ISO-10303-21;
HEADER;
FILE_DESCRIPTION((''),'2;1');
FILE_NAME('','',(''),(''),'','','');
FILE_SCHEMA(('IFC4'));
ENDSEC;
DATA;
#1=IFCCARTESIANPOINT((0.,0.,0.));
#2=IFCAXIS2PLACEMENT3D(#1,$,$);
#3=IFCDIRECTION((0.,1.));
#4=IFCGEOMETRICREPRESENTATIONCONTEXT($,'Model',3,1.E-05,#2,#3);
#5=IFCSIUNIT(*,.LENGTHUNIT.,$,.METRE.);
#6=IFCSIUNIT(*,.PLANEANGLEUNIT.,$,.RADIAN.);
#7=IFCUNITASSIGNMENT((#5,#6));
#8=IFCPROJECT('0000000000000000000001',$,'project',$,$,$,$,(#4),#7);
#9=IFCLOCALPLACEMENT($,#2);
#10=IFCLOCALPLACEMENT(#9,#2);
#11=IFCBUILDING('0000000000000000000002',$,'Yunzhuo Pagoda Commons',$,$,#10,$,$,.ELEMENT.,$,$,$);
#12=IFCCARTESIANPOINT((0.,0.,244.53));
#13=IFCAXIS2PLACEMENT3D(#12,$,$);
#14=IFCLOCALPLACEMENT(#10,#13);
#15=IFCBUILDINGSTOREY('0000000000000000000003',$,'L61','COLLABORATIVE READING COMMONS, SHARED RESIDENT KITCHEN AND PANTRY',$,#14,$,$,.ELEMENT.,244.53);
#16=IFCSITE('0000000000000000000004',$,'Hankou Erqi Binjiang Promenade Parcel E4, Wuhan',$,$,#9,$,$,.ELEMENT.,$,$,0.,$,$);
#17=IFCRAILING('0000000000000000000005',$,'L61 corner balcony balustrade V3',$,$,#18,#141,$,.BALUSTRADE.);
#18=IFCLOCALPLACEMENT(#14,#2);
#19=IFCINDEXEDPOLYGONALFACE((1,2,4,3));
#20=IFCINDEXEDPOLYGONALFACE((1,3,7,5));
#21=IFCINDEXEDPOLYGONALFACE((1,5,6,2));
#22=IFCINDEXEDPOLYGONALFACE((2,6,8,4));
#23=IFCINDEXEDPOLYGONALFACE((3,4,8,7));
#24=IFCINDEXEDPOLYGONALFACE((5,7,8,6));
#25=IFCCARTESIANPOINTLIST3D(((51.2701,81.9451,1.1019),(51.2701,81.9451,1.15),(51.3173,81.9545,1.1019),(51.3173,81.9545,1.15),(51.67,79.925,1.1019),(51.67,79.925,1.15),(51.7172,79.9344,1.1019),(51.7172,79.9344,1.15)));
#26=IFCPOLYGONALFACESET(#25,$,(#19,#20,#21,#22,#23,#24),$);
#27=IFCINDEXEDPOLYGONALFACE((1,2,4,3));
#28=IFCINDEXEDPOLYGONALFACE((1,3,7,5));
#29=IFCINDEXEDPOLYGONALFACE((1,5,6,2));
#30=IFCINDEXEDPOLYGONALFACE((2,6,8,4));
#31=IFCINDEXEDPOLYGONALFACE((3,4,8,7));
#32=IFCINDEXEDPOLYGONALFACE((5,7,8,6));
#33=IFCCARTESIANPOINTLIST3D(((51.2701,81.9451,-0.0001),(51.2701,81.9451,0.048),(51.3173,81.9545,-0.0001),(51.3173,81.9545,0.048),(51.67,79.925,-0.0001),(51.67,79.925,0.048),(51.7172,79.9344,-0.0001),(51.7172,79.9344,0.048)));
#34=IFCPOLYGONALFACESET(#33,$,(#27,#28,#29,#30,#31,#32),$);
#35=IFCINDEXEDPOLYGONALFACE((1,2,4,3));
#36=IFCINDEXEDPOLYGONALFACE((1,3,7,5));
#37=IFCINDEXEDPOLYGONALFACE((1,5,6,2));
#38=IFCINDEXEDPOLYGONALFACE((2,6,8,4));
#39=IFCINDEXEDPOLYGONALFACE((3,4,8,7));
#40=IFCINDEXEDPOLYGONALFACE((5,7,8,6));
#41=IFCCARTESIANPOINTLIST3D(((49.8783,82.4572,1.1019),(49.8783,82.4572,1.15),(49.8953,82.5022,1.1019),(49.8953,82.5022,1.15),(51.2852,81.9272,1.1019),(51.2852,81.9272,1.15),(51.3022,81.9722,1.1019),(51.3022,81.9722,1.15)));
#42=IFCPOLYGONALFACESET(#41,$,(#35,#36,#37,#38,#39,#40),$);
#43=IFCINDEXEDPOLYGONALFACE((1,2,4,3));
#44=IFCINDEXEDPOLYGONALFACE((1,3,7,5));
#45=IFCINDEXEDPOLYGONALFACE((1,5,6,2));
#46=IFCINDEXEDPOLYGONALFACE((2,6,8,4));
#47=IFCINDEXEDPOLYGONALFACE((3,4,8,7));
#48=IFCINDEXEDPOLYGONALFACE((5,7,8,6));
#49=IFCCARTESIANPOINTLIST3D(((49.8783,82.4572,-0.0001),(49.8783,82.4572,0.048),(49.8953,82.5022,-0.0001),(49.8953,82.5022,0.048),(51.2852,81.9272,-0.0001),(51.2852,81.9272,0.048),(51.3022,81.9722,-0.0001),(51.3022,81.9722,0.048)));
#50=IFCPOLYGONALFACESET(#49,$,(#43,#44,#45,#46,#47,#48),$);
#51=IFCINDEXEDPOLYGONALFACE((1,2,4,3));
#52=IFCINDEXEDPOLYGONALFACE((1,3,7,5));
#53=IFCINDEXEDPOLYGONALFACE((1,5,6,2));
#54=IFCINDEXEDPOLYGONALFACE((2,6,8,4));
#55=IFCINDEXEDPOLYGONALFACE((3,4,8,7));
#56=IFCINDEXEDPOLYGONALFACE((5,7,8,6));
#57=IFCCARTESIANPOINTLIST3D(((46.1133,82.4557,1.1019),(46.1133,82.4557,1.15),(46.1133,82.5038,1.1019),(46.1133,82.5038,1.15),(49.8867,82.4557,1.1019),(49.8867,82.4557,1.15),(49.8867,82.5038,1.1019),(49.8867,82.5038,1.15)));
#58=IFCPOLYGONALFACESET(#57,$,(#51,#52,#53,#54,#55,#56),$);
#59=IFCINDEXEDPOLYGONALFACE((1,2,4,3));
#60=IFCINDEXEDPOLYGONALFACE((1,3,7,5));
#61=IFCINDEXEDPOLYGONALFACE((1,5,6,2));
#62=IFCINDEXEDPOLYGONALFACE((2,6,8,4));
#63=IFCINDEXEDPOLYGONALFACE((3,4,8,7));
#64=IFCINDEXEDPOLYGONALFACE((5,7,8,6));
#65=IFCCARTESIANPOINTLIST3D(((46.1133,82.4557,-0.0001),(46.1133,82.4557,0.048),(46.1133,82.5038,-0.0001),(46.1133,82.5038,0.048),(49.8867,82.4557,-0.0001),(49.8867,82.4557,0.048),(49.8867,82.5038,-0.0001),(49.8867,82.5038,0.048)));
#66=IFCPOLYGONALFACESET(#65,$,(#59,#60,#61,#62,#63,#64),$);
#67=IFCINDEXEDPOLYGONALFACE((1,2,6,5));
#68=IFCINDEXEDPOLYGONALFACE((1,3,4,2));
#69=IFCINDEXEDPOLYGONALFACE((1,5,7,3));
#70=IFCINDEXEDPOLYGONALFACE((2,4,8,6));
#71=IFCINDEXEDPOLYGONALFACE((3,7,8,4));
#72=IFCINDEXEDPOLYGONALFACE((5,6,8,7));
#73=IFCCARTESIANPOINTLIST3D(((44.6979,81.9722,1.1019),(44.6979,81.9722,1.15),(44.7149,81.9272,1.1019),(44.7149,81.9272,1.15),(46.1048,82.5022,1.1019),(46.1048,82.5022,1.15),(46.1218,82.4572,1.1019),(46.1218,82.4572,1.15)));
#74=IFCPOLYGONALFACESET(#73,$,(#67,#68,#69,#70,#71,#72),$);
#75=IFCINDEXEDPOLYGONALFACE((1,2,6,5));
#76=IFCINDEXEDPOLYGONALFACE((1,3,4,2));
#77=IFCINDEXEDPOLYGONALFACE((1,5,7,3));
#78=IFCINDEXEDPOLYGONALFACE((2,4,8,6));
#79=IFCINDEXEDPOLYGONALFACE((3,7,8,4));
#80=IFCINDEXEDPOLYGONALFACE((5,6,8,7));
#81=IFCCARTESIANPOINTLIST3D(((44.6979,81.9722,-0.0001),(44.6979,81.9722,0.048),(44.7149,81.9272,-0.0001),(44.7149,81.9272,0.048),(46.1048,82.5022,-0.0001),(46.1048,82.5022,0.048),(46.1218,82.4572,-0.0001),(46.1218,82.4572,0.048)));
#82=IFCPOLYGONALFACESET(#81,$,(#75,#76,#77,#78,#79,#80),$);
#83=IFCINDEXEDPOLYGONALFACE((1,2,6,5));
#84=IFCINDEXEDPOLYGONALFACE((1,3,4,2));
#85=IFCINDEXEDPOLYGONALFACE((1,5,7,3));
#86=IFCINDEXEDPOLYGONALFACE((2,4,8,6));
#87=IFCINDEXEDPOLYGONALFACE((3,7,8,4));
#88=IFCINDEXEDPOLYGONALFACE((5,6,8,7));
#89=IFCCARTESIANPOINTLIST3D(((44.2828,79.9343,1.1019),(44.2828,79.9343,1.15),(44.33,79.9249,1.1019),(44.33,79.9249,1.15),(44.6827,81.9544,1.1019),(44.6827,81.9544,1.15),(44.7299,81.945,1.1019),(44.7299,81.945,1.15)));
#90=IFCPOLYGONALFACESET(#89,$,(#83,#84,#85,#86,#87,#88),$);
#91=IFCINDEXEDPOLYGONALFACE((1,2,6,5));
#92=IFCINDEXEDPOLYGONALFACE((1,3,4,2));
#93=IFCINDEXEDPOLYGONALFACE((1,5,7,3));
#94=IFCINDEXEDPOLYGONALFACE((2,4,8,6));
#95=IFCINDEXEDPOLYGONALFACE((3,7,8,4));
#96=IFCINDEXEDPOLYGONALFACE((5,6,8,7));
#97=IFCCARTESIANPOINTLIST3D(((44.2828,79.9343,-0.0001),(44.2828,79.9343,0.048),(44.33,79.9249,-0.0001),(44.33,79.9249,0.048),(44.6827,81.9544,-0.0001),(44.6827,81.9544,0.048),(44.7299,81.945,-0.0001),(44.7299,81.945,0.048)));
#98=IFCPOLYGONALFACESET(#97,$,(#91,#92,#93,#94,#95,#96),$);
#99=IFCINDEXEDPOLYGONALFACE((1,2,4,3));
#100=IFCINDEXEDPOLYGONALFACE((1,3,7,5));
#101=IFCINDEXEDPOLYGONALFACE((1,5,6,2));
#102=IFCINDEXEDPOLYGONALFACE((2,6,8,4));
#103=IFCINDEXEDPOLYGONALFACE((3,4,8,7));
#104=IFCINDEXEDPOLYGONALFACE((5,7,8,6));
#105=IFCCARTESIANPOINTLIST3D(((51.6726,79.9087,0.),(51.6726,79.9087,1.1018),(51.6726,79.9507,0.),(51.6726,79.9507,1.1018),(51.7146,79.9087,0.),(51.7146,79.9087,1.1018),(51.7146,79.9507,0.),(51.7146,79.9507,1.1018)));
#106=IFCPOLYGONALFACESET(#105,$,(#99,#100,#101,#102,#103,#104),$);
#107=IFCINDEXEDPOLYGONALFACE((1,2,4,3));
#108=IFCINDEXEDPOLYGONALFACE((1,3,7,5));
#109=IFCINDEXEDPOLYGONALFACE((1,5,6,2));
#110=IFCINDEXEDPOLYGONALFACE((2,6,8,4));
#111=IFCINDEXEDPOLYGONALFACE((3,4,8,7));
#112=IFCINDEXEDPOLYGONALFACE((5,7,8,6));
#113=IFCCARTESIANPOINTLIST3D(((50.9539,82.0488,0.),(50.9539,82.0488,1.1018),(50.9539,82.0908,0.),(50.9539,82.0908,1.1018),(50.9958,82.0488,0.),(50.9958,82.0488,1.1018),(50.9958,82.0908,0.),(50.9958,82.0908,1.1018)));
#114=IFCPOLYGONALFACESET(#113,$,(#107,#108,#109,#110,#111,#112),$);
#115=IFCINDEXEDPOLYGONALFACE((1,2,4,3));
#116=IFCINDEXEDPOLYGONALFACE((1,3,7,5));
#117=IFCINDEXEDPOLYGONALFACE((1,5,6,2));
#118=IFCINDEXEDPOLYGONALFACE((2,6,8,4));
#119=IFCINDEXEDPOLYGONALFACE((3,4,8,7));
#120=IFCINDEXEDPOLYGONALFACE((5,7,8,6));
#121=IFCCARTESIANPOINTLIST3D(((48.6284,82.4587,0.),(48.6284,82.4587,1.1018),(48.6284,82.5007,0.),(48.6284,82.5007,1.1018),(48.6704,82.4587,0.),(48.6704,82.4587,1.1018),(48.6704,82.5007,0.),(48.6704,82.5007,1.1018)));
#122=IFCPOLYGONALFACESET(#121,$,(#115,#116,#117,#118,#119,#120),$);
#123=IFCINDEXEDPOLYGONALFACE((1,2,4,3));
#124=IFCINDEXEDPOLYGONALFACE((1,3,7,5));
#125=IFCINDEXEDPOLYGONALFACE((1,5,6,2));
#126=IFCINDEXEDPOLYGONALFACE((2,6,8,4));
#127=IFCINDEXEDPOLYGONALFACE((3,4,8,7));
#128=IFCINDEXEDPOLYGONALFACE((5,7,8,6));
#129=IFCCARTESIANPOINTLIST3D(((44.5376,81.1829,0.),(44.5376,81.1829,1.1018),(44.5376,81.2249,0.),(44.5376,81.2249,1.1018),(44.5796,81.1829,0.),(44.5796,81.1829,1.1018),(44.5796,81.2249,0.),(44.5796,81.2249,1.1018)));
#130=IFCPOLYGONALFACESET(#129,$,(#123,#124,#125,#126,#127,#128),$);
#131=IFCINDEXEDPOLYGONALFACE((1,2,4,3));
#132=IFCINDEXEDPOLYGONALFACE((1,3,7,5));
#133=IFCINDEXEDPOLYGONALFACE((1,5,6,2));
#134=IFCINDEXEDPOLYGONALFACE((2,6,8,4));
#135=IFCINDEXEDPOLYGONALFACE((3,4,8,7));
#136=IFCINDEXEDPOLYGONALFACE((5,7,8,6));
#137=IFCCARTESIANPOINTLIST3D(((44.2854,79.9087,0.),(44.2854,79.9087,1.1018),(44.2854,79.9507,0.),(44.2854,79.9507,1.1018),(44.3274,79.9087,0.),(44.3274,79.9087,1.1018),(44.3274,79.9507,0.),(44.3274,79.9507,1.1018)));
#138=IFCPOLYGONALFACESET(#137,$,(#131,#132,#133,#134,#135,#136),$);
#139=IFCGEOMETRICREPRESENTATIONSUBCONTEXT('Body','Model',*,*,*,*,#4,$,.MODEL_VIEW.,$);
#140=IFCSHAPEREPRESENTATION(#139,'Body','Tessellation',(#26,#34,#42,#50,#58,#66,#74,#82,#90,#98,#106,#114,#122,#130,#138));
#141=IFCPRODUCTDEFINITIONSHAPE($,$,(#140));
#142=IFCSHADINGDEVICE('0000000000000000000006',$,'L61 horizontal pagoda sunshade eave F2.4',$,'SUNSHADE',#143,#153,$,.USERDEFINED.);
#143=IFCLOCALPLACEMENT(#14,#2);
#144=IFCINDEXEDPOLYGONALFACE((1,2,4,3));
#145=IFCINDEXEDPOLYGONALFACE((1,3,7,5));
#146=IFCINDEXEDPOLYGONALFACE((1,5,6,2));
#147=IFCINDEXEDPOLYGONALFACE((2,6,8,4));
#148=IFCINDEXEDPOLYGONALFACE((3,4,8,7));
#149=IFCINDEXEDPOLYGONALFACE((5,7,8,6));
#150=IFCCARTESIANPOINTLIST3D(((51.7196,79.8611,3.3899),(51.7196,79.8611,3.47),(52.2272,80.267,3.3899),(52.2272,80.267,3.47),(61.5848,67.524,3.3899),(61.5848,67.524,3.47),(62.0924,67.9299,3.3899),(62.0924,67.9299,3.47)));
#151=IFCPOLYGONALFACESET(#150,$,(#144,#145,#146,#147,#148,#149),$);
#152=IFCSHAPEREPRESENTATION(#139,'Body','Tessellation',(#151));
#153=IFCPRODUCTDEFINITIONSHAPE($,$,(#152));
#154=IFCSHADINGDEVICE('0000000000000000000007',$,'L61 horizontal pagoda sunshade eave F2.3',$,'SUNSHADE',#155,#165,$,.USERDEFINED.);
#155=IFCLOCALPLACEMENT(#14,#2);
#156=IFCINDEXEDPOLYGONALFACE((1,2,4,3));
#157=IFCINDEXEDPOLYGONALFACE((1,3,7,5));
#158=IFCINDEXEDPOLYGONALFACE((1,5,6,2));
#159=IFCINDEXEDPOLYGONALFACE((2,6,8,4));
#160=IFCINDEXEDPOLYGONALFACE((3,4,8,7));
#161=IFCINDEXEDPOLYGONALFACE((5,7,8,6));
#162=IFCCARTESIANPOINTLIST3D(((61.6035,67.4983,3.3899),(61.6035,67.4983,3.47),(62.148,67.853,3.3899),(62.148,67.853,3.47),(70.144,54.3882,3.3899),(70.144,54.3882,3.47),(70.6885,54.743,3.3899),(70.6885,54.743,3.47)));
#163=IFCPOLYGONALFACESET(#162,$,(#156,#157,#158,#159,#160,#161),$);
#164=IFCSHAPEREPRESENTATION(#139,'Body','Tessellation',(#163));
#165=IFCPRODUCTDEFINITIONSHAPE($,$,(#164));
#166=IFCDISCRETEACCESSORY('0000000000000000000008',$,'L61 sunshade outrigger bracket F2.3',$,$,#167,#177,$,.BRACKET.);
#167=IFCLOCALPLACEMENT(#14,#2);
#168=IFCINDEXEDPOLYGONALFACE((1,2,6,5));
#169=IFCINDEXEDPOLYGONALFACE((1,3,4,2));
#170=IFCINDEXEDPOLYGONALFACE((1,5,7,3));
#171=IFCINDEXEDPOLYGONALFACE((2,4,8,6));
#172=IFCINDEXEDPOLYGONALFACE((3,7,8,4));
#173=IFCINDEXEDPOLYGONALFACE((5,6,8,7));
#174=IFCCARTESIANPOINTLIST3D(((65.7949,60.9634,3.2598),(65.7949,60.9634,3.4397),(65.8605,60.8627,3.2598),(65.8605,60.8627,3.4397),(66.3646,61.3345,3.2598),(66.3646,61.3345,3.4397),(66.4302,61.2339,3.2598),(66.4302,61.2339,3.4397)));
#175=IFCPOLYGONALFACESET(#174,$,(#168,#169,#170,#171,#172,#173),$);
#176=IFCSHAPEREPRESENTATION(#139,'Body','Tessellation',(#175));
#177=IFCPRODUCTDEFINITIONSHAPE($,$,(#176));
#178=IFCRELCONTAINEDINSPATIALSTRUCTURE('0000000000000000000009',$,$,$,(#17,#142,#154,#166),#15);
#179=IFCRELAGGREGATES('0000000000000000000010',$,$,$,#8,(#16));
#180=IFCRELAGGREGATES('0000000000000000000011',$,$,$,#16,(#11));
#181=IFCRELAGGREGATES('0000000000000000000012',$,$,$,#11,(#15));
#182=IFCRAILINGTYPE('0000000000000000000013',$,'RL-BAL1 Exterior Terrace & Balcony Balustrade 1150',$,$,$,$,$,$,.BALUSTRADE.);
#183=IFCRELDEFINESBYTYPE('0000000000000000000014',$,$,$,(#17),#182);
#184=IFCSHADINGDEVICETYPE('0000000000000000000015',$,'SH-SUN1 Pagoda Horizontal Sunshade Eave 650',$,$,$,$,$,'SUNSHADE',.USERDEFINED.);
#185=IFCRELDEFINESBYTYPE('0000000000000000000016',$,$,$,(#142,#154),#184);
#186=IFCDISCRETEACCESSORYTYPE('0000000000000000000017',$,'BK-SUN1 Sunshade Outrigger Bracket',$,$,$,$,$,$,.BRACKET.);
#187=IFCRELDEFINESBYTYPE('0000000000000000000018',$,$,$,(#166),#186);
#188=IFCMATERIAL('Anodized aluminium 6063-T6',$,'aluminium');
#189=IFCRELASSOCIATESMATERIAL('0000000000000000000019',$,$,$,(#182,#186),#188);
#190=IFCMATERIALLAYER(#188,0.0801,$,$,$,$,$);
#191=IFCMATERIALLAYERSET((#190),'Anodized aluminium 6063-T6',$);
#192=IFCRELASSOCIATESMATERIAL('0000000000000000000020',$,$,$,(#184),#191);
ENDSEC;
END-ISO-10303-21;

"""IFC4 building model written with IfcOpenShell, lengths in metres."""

from ifc_helpers import new_model, si_unit, direction, frame, origin, origin_2d, place, context, subcontext, project, spatial, rectangle, extrude, source, transform, mapped, material, layer, layer_set, type_object, element, save


model = new_model("IFC4")

# Units and contexts
model_context = context("Model", 3, precision=1e-05, world=origin(), true_north=direction((0.0, 1.0)))
body_context = subcontext(model_context, "Body", "Model", "MODEL_VIEW")
ifc_project = project(units=[si_unit("LENGTHUNIT", "METRE"), si_unit("PLANEANGLEUNIT", "RADIAN")], contexts=[model_context])

# Site, building, storey
site_placement = place(None, origin())
site = spatial("IfcSite", under=ifc_project, at=site_placement, Name="Hankou Erqi Binjiang Promenade Parcel E4, Wuhan", CompositionType="ELEMENT", RefElevation=0.0)
building_placement = place(site_placement, origin())
building = spatial("IfcBuilding", under=site, at=building_placement, Name="Yunzhuo Pagoda Commons", CompositionType="ELEMENT")
storey_placement = place(building_placement, frame((0.0, 0.0, 244.53)))
storey = spatial("IfcBuildingStorey", under=building, at=storey_placement, Name="L61", Description="COLLABORATIVE READING COMMONS, SHARED RESIDENT KITCHEN AND PANTRY", CompositionType="ELEMENT", Elevation=244.53)

# Shared definitions
ifc_material_1 = material(Name="Anodized aluminium 6063-T6", Category="aluminium")

# Railing
railing_type_1 = type_object("IfcRailingType", Name="RL-BAL1 Exterior Terrace & Balcony Balustrade 1150", PredefinedType="BALUSTRADE", material=ifc_material_1)
railing_1_placement = place(storey_placement, frame((51.6936, 79.9297, 0.0)))
element("IfcRailing", 1, at=railing_1_placement, inside=storey, type_object=railing_type_1, Name="L61 corner balcony balustrade V3", PredefinedType="BALUSTRADE", context=body_context, shape_type="SweptSolid", body=[
    extrude(rectangle(XDim=0.0481, YDim=0.0481, at=origin_2d()), frame((0.0, 0.0, 1.126), z_axis=(-0.194201, 0.980962, 0.0), x_axis=(-0.980962, -0.194201, 0.0)), (0.0, 0.0, 1.0), 2.0593),
    extrude(rectangle(XDim=0.0481, YDim=0.0481, at=origin_2d()), frame((0.0, 0.0, 0.0239), z_axis=(-0.194201, 0.980962, 0.0), x_axis=(-0.980962, -0.194201, 0.0)), (0.0, 0.0, 1.0), 2.0593),
    extrude(rectangle(XDim=0.0481, YDim=0.0481, at=origin_2d()), frame((-0.3999, 2.02, 1.126), z_axis=(-0.935801, 0.352529, 0.0), x_axis=(-0.352529, -0.935801, 0.0)), (0.0, 0.0, 1.0), 1.5034),
    extrude(rectangle(XDim=0.0481, YDim=0.0481, at=origin_2d()), frame((-0.3999, 2.02, 0.0239), z_axis=(-0.935801, 0.352529, 0.0), x_axis=(-0.352529, -0.935801, 0.0)), (0.0, 0.0, 1.0), 1.5034),
    extrude(rectangle(XDim=0.0481, YDim=0.0481, at=origin_2d()), frame((-1.8069, 2.55, 1.126), z_axis=(-1.0, 0.0, 0.0), x_axis=(0.0, -1.0, 0.0)), (0.0, 0.0, 1.0), 3.7734),
    extrude(rectangle(XDim=0.0481, YDim=0.0481, at=origin_2d()), frame((-1.8069, 2.55, 0.0239), z_axis=(-1.0, 0.0, 0.0), x_axis=(0.0, -1.0, 0.0)), (0.0, 0.0, 1.0), 3.7734),
    extrude(rectangle(XDim=0.0481, YDim=0.0481, at=origin_2d()), frame((-5.5803, 2.55, 1.126), z_axis=(-0.935801, -0.352529, 0.0), x_axis=(0.352529, -0.935801, 0.0)), (0.0, 0.0, 1.0), 1.5034),
    extrude(rectangle(XDim=0.0481, YDim=0.0481, at=origin_2d()), frame((-5.5803, 2.55, 0.0239), z_axis=(-0.935801, -0.352529, 0.0), x_axis=(0.352529, -0.935801, 0.0)), (0.0, 0.0, 1.0), 1.5034),
    extrude(rectangle(XDim=0.0481, YDim=0.0481, at=origin_2d()), frame((-6.9873, 2.02, 1.126), z_axis=(-0.194201, -0.980962, 0.0), x_axis=(0.980962, -0.194201, 0.0)), (0.0, 0.0, 1.0), 2.0593),
    extrude(rectangle(XDim=0.0481, YDim=0.0481, at=origin_2d()), frame((-6.9873, 2.02, 0.0239), z_axis=(-0.194201, -0.980962, 0.0), x_axis=(0.980962, -0.194201, 0.0)), (0.0, 0.0, 1.0), 2.0593),
    extrude(rectangle(XDim=0.042, YDim=0.042, at=origin_2d()), origin(), (0.0, 0.0, 1.0), 1.1018),
    extrude(rectangle(XDim=0.042, YDim=0.042, at=origin_2d()), frame((-0.7188, 2.1401, 0.0)), (0.0, 0.0, 1.0), 1.1018),
    extrude(rectangle(XDim=0.042, YDim=0.042, at=origin_2d()), frame((-3.0442, 2.55, 0.0)), (0.0, 0.0, 1.0), 1.1018),
    extrude(rectangle(XDim=0.042, YDim=0.042, at=origin_2d()), frame((-7.135, 1.2742, 0.0)), (0.0, 0.0, 1.0), 1.1018),
    extrude(rectangle(XDim=0.042, YDim=0.042, at=origin_2d()), frame((-7.3872, 0.0, 0.0)), (0.0, 0.0, 1.0), 1.1018),
])

# Shading devices
ifc_layer_1 = layer(ifc_material_1, 0.0801)
ifc_layer_set_1 = layer_set([ifc_layer_1], Name="Anodized aluminium 6063-T6")
shading_device_type = type_object("IfcShadingDeviceType", Name="SH-SUN1 Pagoda Horizontal Sunshade Eave 650", ElementType="SUNSHADE", PredefinedType="USERDEFINED", material=ifc_layer_set_1)
shared_shape_1 = source(origin(), body_context, "Body", "SweptSolid", [
    extrude(rectangle(XDim=15.7964, YDim=0.6499, at=origin_2d()), origin(), (0.0, 0.0, 1.0), 0.0801),
])
shading_device_1_placement = place(storey_placement, frame((56.906, 73.8955, 3.3899), z_axis=(0.0, 0.0, 1.0), x_axis=(-0.62452, 0.781008, 0.0)))
element("IfcShadingDevice", 2, at=shading_device_1_placement, inside=storey, type_object=shading_device_type, Name="L61 horizontal pagoda sunshade eave F2.4", ObjectType="SUNSHADE", PredefinedType="USERDEFINED", context=body_context, shape_type="MappedRepresentation", body=[
    mapped(shared_shape_1, transform((0.0, 0.0, 0.0), scale=1.0)),
])
shared_shape_2 = source(origin(), body_context, "Body", "SweptSolid", [
    extrude(rectangle(XDim=15.6465, YDim=0.6499, at=origin_2d()), origin(), (0.0, 0.0, 1.0), 0.0801),
])
shading_device_2_placement = place(storey_placement, frame((66.146, 61.1206, 3.3899), z_axis=(0.0, 0.0, 1.0), x_axis=(-0.545839, 0.83789, 0.0)))
element("IfcShadingDevice", 3, at=shading_device_2_placement, inside=storey, type_object=shading_device_type, Name="L61 horizontal pagoda sunshade eave F2.3", ObjectType="SUNSHADE", PredefinedType="USERDEFINED", context=body_context, shape_type="MappedRepresentation", body=[
    mapped(shared_shape_2, transform((0.0, 0.0, 0.0), scale=1.0)),
])

# Discrete accessory
discrete_accessory_type = type_object("IfcDiscreteAccessoryType", Name="BK-SUN1 Sunshade Outrigger Bracket", PredefinedType="BRACKET", material=ifc_material_1)
shared_shape_3 = source(origin(), body_context, "Body", "SweptSolid", [
    extrude(rectangle(XDim=0.1201, YDim=0.6799, at=origin_2d()), origin(), (0.0, 0.0, 1.0), 0.1799),
])
discrete_accessory_placement = place(storey_placement, frame((66.1125, 61.0986, 3.2598), z_axis=(0.0, 0.0, 1.0), x_axis=(-0.545839, 0.83789, 0.0)))
element("IfcDiscreteAccessory", 4, at=discrete_accessory_placement, inside=storey, type_object=discrete_accessory_type, Name="L61 sunshade outrigger bracket F2.3", PredefinedType="BRACKET", context=body_context, shape_type="MappedRepresentation", body=[
    mapped(shared_shape_3, transform((0.0, 0.0, 0.0), scale=1.0)),
])

save(model, "model.ifc")
